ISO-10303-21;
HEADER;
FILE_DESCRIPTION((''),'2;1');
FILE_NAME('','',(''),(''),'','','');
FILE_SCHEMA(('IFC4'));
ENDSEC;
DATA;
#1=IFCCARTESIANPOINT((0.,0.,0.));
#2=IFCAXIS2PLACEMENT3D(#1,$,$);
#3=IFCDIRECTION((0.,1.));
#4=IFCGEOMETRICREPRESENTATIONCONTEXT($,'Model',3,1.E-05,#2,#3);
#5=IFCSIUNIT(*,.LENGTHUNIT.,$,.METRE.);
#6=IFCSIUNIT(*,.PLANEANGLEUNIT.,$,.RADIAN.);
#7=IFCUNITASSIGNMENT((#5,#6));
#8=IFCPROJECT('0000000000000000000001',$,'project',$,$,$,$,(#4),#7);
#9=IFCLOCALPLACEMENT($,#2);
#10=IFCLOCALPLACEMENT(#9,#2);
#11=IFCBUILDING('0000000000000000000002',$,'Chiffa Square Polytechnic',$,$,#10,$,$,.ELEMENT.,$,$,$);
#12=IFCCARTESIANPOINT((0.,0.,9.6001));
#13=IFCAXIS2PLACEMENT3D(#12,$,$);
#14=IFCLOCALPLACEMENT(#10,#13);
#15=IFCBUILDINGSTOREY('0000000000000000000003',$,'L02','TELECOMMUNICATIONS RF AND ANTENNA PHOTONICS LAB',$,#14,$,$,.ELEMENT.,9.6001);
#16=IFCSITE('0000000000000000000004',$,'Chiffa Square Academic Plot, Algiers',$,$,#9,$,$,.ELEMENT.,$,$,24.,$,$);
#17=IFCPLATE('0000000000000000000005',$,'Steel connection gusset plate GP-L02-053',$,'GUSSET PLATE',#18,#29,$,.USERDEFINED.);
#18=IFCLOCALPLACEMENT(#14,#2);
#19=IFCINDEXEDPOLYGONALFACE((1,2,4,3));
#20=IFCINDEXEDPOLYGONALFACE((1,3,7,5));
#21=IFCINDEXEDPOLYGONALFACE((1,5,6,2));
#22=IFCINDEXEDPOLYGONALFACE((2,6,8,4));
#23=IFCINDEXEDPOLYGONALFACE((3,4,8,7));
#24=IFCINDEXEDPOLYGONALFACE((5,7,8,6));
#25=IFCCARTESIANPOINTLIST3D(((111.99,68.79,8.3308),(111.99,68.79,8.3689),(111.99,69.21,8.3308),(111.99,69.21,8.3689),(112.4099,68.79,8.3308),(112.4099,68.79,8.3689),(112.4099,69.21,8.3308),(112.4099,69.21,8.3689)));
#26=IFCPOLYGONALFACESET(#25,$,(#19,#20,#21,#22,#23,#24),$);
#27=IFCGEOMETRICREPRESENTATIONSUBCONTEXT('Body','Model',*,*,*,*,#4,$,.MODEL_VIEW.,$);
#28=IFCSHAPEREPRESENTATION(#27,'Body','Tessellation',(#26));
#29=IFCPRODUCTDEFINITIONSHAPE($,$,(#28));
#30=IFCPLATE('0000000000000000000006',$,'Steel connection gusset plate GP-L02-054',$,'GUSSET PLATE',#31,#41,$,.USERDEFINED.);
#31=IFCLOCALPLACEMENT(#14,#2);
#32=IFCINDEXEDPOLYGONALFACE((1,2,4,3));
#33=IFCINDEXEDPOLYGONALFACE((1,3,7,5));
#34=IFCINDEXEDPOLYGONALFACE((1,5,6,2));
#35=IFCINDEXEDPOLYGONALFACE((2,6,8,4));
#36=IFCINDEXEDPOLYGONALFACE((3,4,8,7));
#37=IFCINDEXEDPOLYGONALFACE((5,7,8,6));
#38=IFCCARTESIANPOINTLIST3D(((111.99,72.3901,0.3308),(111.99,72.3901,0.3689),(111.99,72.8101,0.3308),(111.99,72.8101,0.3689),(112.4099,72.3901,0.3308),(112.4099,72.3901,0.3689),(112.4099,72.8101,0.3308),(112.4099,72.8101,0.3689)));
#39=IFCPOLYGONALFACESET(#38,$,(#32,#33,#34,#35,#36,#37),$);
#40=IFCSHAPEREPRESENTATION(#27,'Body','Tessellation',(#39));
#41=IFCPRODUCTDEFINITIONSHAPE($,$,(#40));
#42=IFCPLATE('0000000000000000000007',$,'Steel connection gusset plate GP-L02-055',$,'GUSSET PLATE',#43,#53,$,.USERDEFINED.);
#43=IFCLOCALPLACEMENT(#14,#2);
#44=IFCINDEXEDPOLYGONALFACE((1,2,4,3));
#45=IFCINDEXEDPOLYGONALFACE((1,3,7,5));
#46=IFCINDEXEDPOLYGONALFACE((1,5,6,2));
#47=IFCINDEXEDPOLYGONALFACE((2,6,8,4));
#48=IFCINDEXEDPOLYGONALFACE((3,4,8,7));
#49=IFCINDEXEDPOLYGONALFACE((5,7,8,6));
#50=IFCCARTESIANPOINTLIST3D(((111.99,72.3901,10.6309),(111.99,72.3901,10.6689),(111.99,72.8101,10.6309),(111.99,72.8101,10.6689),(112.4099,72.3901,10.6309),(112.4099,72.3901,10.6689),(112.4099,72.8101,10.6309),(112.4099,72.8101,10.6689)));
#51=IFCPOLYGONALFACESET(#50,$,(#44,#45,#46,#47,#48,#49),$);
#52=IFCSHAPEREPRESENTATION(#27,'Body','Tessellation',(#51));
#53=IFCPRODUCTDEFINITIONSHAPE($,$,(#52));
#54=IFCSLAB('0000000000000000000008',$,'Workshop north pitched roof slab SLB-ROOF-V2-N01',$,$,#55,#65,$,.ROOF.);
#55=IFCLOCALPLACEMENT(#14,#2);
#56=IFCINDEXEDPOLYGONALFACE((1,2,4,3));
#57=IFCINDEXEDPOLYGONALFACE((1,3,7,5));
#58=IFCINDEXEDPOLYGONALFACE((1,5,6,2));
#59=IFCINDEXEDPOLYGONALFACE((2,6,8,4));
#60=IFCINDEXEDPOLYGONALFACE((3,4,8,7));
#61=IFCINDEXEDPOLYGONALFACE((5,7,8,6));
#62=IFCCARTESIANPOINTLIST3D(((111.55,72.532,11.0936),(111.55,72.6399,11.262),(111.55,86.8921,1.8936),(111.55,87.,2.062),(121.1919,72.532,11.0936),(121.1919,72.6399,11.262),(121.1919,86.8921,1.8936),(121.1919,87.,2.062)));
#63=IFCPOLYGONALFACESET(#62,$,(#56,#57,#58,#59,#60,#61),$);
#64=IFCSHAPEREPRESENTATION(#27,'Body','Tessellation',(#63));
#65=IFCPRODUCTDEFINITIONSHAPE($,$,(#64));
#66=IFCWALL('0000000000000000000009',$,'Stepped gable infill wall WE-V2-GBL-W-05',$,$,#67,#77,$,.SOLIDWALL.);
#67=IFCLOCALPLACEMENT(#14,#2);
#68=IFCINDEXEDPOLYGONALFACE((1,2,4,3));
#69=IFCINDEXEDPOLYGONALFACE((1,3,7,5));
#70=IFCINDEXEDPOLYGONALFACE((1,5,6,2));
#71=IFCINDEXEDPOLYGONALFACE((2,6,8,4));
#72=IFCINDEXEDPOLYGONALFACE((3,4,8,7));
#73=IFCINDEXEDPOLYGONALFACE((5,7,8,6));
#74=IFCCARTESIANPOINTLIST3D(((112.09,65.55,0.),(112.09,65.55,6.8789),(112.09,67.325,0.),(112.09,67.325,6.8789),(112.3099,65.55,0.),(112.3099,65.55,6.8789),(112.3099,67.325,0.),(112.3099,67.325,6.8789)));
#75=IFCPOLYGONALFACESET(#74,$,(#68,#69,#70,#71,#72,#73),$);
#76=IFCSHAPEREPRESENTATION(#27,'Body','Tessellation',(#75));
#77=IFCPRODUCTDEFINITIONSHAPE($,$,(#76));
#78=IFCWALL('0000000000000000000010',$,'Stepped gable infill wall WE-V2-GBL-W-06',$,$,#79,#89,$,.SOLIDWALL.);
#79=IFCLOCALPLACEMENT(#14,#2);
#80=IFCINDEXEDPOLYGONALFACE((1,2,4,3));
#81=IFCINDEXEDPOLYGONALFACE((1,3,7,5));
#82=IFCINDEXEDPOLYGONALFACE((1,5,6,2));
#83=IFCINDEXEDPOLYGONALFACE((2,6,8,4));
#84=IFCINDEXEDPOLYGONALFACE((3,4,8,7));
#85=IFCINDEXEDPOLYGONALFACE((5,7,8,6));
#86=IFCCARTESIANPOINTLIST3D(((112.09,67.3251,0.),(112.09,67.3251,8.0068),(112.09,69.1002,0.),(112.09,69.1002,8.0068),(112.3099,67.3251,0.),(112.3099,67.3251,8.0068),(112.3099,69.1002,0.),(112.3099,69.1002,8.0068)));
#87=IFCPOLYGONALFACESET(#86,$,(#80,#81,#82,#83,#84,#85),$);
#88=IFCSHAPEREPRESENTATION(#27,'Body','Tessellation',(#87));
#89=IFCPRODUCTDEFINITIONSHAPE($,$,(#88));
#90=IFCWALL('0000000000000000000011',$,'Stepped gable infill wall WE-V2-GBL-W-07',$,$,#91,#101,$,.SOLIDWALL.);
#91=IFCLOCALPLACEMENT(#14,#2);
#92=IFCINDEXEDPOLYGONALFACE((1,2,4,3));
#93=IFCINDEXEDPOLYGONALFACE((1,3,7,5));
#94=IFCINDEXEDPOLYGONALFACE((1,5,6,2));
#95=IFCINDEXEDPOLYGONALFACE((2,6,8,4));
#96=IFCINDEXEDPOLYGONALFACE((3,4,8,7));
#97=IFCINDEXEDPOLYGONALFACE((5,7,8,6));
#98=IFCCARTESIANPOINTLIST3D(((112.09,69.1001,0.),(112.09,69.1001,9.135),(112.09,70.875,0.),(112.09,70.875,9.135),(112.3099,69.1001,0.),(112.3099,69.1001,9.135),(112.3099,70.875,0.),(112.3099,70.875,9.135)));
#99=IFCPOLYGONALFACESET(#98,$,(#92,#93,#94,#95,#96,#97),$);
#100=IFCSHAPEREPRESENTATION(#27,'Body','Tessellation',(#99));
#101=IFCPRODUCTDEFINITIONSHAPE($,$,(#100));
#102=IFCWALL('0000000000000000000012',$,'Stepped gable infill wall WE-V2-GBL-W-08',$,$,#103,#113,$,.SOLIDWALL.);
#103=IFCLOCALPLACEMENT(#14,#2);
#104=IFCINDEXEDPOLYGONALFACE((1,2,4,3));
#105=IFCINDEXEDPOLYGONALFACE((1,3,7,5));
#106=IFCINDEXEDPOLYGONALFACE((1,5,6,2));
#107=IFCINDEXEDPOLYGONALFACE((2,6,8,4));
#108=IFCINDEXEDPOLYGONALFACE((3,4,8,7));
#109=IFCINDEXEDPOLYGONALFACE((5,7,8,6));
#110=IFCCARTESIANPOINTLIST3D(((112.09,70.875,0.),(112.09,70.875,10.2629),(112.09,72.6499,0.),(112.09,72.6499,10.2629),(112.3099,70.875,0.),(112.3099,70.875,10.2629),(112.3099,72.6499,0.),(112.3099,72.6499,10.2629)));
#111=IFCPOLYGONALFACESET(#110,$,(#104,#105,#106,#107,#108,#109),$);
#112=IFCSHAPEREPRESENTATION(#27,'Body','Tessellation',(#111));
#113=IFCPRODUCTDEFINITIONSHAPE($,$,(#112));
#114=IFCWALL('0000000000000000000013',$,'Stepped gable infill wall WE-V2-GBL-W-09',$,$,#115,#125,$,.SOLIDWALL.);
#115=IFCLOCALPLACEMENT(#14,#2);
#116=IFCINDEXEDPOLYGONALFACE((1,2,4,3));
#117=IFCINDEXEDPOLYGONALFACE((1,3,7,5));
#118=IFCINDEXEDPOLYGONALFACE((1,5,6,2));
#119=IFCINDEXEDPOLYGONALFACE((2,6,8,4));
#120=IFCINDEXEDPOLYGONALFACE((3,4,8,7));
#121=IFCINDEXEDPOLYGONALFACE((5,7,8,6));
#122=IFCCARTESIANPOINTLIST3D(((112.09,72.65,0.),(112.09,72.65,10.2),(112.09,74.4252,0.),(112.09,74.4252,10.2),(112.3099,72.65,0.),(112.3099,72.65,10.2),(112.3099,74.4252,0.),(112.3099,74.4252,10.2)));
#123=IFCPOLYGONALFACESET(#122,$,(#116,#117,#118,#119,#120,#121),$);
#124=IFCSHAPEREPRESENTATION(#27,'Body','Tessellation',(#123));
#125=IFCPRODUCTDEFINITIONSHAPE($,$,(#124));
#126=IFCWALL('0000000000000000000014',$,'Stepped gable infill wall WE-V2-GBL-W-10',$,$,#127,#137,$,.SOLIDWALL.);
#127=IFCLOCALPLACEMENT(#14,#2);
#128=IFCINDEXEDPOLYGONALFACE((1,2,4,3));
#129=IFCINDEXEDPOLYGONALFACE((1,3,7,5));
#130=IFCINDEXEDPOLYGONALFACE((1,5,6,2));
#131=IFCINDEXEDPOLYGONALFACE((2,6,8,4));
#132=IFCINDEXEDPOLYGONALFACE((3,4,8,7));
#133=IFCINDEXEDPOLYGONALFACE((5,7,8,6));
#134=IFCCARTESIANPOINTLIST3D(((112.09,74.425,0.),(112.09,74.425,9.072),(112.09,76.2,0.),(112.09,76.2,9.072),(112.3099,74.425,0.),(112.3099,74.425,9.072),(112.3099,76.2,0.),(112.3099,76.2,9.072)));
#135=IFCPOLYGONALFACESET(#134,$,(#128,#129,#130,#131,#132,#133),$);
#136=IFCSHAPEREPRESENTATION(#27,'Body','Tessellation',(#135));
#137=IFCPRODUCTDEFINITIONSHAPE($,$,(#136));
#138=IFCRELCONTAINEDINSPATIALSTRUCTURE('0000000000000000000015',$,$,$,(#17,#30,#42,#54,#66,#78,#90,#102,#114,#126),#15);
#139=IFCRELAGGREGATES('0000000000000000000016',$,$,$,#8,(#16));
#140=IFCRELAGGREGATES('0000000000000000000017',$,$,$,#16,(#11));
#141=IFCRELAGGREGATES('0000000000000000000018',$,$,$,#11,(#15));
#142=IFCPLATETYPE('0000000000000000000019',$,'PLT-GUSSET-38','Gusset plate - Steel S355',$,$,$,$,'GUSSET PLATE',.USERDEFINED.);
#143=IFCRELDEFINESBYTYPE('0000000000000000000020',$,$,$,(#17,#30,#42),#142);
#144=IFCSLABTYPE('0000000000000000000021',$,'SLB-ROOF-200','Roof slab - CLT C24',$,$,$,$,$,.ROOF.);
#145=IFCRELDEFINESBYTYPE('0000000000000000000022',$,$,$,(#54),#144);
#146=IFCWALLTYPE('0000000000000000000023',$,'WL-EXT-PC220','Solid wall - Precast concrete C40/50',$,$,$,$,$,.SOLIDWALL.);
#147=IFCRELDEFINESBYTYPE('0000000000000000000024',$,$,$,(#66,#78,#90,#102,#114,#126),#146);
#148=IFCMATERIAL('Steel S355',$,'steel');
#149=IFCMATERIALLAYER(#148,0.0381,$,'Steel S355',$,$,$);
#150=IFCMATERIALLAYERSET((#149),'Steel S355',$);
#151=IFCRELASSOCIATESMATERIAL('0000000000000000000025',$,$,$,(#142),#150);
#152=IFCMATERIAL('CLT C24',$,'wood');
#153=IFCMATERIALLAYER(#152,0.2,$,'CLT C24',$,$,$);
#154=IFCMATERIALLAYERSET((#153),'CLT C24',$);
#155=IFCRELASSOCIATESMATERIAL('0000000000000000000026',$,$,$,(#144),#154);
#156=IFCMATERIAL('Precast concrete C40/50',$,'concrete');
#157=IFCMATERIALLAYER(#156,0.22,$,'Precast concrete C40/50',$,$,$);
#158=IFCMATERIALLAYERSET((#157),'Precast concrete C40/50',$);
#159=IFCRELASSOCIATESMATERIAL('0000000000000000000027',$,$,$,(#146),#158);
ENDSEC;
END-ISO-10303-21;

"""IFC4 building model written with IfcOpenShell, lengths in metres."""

from ifc_helpers import new_model, si_unit, direction, frame, frame_2d, origin, origin_2d, place, context, subcontext, project, spatial, polyline, rectangle, outline, extrude, material, layer, layer_set, type_object, element, save


model = new_model("IFC4")

# Units and contexts
model_context = context("Model", 3, precision=1e-05, world=origin(), true_north=direction((0.0, 1.0)))
body_context = subcontext(model_context, "Body", "Model", "MODEL_VIEW")
ifc_project = project(units=[si_unit("LENGTHUNIT", "METRE"), si_unit("PLANEANGLEUNIT", "RADIAN")], contexts=[model_context])

# Site, building, storey
site_placement = place(None, origin())
site = spatial("IfcSite", under=ifc_project, at=site_placement, Name="Chiffa Square Academic Plot, Algiers", CompositionType="ELEMENT", RefElevation=24.0)
building_placement = place(site_placement, origin())
building = spatial("IfcBuilding", under=site, at=building_placement, Name="Chiffa Square Polytechnic", CompositionType="ELEMENT")
storey_placement = place(building_placement, frame((0.0, 0.0, 9.6001)))
storey = spatial("IfcBuildingStorey", under=building, at=storey_placement, Name="L02", Description="TELECOMMUNICATIONS RF AND ANTENNA PHOTONICS LAB", CompositionType="ELEMENT", Elevation=9.6001)

# Shared definitions
ifc_material_1 = material(Name="Steel S355", Category="steel")

# Plates
ifc_layer_1 = layer(ifc_material_1, 0.0381, Name="Steel S355")
ifc_layer_set_1 = layer_set([ifc_layer_1], Name="Steel S355")
plate_type_1 = type_object("IfcPlateType", Name="PLT-GUSSET-38", Description="Gusset plate - Steel S355", ElementType="GUSSET PLATE", PredefinedType="USERDEFINED", material=ifc_layer_set_1)
for number, where, z_axis, x_axis, name in (
    (1, (112.2, 69.0, 8.3308), (0.0, 0.0, 1.0), (1.0, 0.0, 0.0), "Steel connection gusset plate GP-L02-053"),
    (2, (112.2, 72.6001, 0.3308), (0.0, 0.0, 1.0), (1.0, 0.0, 0.0), "Steel connection gusset plate GP-L02-054"),
    (3, (112.2, 72.6001, 10.6309), (0.0, 0.0, 1.0), (1.0, 0.0, 0.0), "Steel connection gusset plate GP-L02-055"),
):
    element("IfcPlate", number, at=place(storey_placement, frame(where, z_axis=z_axis, x_axis=x_axis)), inside=storey, type_object=plate_type_1, Name=name, ObjectType="GUSSET PLATE", PredefinedType="USERDEFINED", context=body_context, shape_type="SweptSolid", body=[
        extrude(rectangle(XDim=0.4199, YDim=0.4199, at=origin_2d()), origin(), (0.0, 0.0, 1.0), 0.0381),
    ])

# Slab
ifc_material_2 = material(Name="CLT C24", Category="wood")
ifc_layer_2 = layer(ifc_material_2, 0.2, Name="CLT C24")
ifc_layer_set_2 = layer_set([ifc_layer_2], Name="CLT C24")
slab_type = type_object("IfcSlabType", Name="SLB-ROOF-200", Description="Roof slab - CLT C24", PredefinedType="ROOF", material=ifc_layer_set_2)
slab_placement = place(storey_placement, frame((111.55, 72.6399, 11.262), z_axis=(0.0, 0.539448, 0.842019), x_axis=(1.0, 0.0, 0.0)))
element("IfcSlab", 4, at=slab_placement, inside=storey, type_object=slab_type, Name="Workshop north pitched roof slab SLB-ROOF-V2-N01", PredefinedType="ROOF", context=body_context, shape_type="SweptSolid", body=[
    extrude(outline(polyline([(0.0, 0.0), (9.6418, 0.0), (9.6418, 17.0544), (0.0, 17.0544), (0.0, 0.0)])), origin(), (0.0, 0.0, -1.0), 0.2),
])

# Walls
ifc_material_3 = material(Name="Precast concrete C40/50", Category="concrete")
ifc_layer_3 = layer(ifc_material_3, 0.22, Name="Precast concrete C40/50")
ifc_layer_set_3 = layer_set([ifc_layer_3], Name="Precast concrete C40/50")
wall_type = type_object("IfcWallType", Name="WL-EXT-PC220", Description="Solid wall - Precast concrete C40/50", PredefinedType="SOLIDWALL", material=ifc_layer_set_3)
wall_1_placement = place(storey_placement, frame((112.2, 65.55, 0.0), z_axis=(0.0, 0.0, 1.0), x_axis=(0.0, 1.0, 0.0)))
element("IfcWall", 5, at=wall_1_placement, inside=storey, type_object=wall_type, Name="Stepped gable infill wall WE-V2-GBL-W-05", PredefinedType="SOLIDWALL", context=body_context, shape_type="SweptSolid", body=[
    extrude(rectangle(XDim=1.7749, YDim=0.22, at=frame_2d((0.8875, 0.0))), origin(), (0.0, 0.0, 1.0), 6.8789),
])
wall_2_placement = place(storey_placement, frame((112.2, 67.325, 0.0), z_axis=(0.0, 0.0, 1.0), x_axis=(0.0, 1.0, 0.0)))
element("IfcWall", 6, at=wall_2_placement, inside=storey, type_object=wall_type, Name="Stepped gable infill wall WE-V2-GBL-W-06", PredefinedType="SOLIDWALL", context=body_context, shape_type="SweptSolid", body=[
    extrude(rectangle(XDim=1.7751, YDim=0.22, at=frame_2d((0.8877, 0.0))), origin(), (0.0, 0.0, 1.0), 8.0068),
])
wall_3_placement = place(storey_placement, frame((112.2, 69.1001, 0.0), z_axis=(0.0, 0.0, 1.0), x_axis=(0.0, 1.0, 0.0)))
element("IfcWall", 7, at=wall_3_placement, inside=storey, type_object=wall_type, Name="Stepped gable infill wall WE-V2-GBL-W-07", PredefinedType="SOLIDWALL", context=body_context, shape_type="SweptSolid", body=[
    extrude(rectangle(XDim=1.7749, YDim=0.22, at=frame_2d((0.8875, 0.0))), origin(), (0.0, 0.0, 1.0), 9.135),
])
wall_4_placement = place(storey_placement, frame((112.2, 70.875, 0.0), z_axis=(0.0, 0.0, 1.0), x_axis=(0.0, 1.0, 0.0)))
element("IfcWall", 8, at=wall_4_placement, inside=storey, type_object=wall_type, Name="Stepped gable infill wall WE-V2-GBL-W-08", PredefinedType="SOLIDWALL", context=body_context, shape_type="SweptSolid", body=[
    extrude(rectangle(XDim=1.7749, YDim=0.22, at=frame_2d((0.8875, 0.0))), origin(), (0.0, 0.0, 1.0), 10.2629),
])
wall_5_placement = place(storey_placement, frame((112.2, 72.6499, 0.0), z_axis=(0.0, 0.0, 1.0), x_axis=(0.0, 1.0, 0.0)))
element("IfcWall", 9, at=wall_5_placement, inside=storey, type_object=wall_type, Name="Stepped gable infill wall WE-V2-GBL-W-09", PredefinedType="SOLIDWALL", context=body_context, shape_type="SweptSolid", body=[
    extrude(rectangle(XDim=1.7751, YDim=0.22, at=frame_2d((0.8877, 0.0))), origin(), (0.0, 0.0, 1.0), 10.2),
])
wall_6_placement = place(storey_placement, frame((112.2, 74.425, 0.0), z_axis=(0.0, 0.0, 1.0), x_axis=(0.0, 1.0, 0.0)))
element("IfcWall", 10, at=wall_6_placement, inside=storey, type_object=wall_type, Name="Stepped gable infill wall WE-V2-GBL-W-10", PredefinedType="SOLIDWALL", context=body_context, shape_type="SweptSolid", body=[
    extrude(rectangle(XDim=1.7749, YDim=0.22, at=frame_2d((0.8875, 0.0))), origin(), (0.0, 0.0, 1.0), 9.072),
])

save(model, "model.ifc")
